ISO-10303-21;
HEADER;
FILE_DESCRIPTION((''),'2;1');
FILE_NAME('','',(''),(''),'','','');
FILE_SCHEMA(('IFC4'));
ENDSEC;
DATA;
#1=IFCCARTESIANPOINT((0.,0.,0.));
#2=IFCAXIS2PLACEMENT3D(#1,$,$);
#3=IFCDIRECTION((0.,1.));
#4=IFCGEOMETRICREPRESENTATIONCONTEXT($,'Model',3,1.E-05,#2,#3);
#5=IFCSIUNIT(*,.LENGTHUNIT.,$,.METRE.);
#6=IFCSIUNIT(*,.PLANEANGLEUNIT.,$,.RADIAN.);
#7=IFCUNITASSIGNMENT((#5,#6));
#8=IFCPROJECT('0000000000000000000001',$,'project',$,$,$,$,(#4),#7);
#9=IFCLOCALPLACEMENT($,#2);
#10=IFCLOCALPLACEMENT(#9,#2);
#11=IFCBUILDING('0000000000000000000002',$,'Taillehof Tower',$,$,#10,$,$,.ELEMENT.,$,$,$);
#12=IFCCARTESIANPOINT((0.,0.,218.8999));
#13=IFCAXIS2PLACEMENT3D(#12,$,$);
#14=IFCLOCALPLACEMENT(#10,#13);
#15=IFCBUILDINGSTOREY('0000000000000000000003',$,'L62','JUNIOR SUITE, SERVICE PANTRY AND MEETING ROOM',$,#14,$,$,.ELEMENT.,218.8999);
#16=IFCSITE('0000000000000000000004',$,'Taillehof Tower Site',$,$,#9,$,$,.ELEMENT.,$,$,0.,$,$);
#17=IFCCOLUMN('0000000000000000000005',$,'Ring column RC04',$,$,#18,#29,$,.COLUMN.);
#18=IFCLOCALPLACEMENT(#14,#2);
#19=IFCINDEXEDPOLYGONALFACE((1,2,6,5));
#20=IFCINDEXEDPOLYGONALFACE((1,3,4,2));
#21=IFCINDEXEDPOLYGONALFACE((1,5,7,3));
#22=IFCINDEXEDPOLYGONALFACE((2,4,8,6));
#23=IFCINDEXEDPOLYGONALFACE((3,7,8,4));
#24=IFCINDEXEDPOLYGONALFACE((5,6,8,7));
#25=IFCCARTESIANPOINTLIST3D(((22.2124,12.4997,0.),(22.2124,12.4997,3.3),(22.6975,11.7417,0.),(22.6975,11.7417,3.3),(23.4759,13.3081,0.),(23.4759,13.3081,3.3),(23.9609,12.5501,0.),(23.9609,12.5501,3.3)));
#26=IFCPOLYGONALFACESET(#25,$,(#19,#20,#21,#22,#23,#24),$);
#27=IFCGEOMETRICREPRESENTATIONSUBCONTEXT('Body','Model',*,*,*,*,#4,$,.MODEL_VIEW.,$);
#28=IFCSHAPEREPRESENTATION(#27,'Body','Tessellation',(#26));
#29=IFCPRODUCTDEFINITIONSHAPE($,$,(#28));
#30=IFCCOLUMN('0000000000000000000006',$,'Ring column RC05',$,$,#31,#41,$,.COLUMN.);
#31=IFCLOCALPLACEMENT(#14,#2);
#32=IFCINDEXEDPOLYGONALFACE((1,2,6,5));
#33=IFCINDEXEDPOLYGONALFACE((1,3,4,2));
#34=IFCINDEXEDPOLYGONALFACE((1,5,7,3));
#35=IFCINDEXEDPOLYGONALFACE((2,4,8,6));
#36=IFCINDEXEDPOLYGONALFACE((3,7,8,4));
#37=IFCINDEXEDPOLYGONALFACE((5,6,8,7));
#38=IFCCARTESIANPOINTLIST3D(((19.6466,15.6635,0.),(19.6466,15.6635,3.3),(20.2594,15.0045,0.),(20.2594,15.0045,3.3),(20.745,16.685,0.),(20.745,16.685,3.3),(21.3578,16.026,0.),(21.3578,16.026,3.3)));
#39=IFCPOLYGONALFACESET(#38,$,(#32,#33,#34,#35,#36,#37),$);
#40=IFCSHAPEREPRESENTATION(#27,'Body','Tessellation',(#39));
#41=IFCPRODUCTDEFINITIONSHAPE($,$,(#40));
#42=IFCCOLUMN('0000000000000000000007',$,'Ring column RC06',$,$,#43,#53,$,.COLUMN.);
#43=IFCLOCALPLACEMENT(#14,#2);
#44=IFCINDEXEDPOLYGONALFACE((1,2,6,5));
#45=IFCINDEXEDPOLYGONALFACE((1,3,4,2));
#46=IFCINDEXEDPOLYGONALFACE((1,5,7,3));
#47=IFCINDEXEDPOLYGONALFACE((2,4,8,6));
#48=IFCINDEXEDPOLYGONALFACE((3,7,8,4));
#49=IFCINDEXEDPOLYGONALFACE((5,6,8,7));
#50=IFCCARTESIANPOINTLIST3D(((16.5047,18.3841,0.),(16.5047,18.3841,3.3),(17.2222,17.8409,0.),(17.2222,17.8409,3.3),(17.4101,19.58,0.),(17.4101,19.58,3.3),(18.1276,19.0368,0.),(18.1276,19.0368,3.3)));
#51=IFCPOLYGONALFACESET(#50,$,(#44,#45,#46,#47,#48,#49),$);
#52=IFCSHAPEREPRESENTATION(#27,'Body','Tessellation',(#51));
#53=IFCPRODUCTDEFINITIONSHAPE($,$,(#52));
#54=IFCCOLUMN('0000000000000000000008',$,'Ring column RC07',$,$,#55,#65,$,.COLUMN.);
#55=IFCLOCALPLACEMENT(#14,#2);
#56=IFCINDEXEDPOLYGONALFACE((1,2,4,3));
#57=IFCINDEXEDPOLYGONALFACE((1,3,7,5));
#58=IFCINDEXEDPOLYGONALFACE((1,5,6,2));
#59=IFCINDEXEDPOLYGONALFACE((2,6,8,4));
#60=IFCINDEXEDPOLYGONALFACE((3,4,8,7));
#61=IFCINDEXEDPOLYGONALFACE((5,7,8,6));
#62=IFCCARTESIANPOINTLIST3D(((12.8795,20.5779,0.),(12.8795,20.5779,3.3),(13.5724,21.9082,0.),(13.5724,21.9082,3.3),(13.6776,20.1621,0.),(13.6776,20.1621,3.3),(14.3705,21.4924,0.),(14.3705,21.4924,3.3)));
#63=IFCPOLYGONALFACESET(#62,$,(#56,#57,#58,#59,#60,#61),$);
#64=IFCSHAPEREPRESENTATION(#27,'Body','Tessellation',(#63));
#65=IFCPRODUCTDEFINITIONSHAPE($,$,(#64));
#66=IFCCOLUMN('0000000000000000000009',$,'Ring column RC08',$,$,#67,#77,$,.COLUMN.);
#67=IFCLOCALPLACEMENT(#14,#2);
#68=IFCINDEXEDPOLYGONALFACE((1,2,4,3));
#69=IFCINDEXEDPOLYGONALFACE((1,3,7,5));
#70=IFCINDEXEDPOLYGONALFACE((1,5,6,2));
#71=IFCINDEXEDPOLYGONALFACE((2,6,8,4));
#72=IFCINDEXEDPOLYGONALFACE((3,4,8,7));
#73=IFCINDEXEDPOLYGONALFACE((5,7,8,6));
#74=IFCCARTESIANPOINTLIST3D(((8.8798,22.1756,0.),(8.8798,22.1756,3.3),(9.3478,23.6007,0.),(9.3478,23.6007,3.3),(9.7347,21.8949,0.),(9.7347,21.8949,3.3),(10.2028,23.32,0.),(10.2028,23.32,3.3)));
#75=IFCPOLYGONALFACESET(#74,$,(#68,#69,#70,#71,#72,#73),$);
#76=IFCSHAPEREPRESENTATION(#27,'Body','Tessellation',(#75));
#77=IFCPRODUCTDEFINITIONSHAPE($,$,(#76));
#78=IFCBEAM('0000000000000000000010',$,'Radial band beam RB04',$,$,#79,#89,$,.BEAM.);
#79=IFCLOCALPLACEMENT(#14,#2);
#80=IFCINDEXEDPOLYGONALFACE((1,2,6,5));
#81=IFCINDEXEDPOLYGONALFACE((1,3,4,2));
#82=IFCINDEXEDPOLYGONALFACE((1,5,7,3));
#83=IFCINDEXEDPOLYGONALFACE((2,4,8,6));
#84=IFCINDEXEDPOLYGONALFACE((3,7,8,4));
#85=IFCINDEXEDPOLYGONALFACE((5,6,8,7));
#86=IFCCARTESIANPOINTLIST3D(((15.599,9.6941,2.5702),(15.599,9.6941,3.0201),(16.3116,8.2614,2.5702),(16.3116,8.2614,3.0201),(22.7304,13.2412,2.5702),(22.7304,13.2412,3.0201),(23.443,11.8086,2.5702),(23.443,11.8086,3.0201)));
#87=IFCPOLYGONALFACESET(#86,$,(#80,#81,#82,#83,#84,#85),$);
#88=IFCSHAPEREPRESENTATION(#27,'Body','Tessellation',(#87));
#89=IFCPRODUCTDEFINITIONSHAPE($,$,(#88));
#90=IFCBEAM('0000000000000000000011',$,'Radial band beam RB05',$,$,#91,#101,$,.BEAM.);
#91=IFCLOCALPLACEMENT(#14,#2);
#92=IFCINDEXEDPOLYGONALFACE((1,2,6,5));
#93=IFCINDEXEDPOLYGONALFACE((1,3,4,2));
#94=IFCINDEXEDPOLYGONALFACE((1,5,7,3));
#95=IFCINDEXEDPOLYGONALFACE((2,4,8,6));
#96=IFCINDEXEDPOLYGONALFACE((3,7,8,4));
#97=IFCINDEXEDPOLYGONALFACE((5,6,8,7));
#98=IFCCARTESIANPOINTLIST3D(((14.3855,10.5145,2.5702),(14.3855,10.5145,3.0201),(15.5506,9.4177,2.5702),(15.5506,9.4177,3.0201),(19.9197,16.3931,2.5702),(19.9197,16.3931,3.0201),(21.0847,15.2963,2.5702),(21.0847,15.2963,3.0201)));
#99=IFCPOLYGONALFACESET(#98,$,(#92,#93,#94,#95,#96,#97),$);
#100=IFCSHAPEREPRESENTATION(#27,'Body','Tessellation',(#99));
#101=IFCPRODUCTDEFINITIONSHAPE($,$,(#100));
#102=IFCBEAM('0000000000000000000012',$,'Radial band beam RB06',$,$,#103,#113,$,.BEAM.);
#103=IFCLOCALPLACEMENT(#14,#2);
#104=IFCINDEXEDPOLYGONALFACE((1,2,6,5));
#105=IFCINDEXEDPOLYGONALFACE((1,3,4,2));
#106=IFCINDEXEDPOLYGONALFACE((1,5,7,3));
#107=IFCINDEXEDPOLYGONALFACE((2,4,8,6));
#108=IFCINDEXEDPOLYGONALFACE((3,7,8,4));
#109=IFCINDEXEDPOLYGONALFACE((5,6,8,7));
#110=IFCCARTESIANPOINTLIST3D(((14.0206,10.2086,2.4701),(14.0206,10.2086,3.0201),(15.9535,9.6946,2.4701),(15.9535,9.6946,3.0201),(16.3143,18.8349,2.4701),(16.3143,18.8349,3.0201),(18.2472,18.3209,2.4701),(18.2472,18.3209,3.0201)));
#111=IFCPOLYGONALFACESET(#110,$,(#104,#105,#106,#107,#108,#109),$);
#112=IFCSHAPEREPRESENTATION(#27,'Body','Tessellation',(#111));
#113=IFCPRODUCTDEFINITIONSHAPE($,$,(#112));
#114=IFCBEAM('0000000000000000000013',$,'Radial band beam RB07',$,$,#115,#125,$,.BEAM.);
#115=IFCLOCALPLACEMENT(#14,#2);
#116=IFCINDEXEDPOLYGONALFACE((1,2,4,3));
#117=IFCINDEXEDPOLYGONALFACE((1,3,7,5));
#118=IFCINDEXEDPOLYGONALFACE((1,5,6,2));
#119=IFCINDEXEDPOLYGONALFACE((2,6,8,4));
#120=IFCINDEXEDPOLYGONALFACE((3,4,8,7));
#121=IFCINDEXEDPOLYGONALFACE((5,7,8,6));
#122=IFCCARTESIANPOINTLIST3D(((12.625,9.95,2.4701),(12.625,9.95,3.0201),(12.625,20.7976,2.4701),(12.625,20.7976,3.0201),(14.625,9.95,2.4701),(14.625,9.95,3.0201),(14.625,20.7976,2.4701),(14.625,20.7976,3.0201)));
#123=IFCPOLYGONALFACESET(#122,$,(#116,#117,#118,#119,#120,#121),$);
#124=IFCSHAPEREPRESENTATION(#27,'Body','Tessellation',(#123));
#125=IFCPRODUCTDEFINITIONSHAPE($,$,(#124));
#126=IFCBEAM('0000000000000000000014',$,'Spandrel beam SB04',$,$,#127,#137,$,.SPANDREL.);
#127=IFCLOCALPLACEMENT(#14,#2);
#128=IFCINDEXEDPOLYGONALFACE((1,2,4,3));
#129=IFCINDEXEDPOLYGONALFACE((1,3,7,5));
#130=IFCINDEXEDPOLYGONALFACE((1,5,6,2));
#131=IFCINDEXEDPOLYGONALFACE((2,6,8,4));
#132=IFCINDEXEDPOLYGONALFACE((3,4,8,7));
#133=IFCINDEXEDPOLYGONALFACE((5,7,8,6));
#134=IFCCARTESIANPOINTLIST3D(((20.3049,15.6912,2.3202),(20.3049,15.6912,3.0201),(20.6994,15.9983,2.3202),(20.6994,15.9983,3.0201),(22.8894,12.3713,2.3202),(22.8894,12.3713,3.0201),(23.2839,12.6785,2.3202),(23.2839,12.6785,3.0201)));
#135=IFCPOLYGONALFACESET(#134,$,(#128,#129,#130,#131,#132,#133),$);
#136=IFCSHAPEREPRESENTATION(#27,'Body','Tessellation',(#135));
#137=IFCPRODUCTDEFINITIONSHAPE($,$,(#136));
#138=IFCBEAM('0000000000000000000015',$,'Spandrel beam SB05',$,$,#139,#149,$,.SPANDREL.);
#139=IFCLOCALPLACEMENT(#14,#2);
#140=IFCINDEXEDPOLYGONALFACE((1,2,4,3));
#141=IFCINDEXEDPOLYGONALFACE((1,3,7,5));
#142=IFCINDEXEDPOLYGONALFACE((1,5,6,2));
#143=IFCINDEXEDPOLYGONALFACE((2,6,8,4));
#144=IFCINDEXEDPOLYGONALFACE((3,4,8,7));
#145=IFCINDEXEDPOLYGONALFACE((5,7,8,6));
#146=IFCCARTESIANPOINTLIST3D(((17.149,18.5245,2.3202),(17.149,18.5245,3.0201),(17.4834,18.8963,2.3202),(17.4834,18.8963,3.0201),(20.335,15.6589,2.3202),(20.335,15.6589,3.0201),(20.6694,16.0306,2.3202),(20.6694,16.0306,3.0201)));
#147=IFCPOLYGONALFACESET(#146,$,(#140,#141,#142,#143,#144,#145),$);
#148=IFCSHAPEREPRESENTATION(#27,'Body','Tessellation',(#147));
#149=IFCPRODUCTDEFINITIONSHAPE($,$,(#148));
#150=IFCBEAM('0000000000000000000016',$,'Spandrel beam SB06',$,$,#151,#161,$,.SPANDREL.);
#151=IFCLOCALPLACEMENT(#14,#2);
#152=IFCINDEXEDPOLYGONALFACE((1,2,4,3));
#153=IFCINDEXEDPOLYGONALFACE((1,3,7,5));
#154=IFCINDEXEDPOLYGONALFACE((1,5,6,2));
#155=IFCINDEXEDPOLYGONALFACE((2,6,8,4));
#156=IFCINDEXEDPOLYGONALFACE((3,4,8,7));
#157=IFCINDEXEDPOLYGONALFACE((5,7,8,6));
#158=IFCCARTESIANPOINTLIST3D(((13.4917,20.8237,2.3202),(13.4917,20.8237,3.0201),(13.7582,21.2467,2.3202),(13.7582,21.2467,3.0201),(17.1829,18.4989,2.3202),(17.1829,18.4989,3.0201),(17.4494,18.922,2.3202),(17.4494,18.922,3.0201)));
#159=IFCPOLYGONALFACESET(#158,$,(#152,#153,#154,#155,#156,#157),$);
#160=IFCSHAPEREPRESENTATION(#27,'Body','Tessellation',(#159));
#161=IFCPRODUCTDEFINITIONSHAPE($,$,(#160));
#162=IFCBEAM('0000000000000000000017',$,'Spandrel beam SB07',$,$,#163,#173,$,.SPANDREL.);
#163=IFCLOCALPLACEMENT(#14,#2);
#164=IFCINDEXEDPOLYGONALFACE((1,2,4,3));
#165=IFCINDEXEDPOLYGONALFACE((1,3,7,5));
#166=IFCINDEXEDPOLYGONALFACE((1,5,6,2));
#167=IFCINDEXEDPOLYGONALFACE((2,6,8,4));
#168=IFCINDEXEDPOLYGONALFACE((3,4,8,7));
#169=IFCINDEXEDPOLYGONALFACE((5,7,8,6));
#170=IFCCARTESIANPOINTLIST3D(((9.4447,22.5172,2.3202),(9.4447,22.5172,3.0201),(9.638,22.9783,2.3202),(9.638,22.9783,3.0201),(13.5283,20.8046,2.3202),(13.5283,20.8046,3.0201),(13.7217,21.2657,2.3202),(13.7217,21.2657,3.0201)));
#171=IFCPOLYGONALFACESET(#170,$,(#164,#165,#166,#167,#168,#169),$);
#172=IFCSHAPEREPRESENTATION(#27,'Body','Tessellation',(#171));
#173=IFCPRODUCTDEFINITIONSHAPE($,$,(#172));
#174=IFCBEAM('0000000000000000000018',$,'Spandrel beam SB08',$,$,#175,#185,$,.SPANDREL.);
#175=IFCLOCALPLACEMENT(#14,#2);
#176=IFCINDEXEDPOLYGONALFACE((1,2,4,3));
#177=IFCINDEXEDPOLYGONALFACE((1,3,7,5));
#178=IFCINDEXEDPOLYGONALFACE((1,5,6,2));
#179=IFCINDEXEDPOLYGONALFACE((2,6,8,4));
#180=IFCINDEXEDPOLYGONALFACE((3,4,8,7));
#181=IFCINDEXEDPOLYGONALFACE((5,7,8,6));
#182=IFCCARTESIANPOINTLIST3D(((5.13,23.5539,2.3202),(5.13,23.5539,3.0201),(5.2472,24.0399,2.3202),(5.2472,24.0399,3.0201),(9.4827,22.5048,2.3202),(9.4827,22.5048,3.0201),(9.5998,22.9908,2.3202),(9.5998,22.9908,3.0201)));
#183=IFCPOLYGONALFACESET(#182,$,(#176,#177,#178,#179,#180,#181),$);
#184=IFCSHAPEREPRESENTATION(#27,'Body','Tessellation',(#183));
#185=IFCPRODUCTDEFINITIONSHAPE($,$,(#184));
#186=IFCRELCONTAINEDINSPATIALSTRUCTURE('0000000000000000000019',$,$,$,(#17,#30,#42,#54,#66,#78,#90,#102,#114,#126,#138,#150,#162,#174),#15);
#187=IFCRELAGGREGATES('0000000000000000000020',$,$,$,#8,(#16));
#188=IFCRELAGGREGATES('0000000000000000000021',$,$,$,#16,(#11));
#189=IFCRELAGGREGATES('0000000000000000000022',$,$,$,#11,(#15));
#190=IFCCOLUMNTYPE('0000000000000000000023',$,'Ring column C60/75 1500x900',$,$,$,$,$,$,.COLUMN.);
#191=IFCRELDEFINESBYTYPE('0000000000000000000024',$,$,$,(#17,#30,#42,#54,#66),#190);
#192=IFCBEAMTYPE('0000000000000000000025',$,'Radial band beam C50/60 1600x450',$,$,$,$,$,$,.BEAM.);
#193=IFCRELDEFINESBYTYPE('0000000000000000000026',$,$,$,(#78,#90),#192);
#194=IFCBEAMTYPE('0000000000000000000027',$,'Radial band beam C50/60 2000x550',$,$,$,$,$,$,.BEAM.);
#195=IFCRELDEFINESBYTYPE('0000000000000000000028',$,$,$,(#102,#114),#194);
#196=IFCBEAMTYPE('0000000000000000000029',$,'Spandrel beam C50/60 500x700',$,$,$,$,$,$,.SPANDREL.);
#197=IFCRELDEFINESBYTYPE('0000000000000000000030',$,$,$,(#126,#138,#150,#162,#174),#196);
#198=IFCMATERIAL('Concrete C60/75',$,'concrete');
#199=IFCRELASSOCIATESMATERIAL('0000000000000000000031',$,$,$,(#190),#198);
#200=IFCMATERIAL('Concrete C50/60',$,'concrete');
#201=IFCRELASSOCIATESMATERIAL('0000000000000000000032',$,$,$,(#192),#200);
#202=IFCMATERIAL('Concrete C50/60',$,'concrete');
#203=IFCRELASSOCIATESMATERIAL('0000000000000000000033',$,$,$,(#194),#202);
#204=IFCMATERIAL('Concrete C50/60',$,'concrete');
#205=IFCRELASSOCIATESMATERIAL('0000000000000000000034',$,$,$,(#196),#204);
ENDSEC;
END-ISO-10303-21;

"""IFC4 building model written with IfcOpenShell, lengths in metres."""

from ifc_helpers import new_model, si_unit, direction, frame, origin, origin_2d, place, context, subcontext, project, spatial, rectangle, extrude, material, material_profile, profile_set, type_object, element, save


model = new_model("IFC4")

# Units and contexts
model_context = context("Model", 3, precision=1e-05, world=origin(), true_north=direction((0.0, 1.0)))
body_context = subcontext(model_context, "Body", "Model", "MODEL_VIEW")
ifc_project = project(units=[si_unit("LENGTHUNIT", "METRE"), si_unit("PLANEANGLEUNIT", "RADIAN")], contexts=[model_context])

# Site, building, storey
site_placement = place(None, origin())
site = spatial("IfcSite", under=ifc_project, at=site_placement, Name="Taillehof Tower Site", CompositionType="ELEMENT", RefElevation=0.0)
building_placement = place(site_placement, origin())
building = spatial("IfcBuilding", under=site, at=building_placement, Name="Taillehof Tower", CompositionType="ELEMENT")
storey_placement = place(building_placement, frame((0.0, 0.0, 218.8999)))
storey = spatial("IfcBuildingStorey", under=building, at=storey_placement, Name="L62", Description="JUNIOR SUITE, SERVICE PANTRY AND MEETING ROOM", CompositionType="ELEMENT", Elevation=218.8999)

# Columns
ifc_material_1 = material(Name="Concrete C60/75", Category="concrete")
ifc_material_profile_1 = material_profile(ifc_material_1, rectangle(XDim=1.5, YDim=0.8999, at=origin_2d()), Name="RC 1500x900")
ifc_profile_set_1 = profile_set([ifc_material_profile_1], Name="Concrete C60/75")
column_type = type_object("IfcColumnType", Name="Ring column C60/75 1500x900", PredefinedType="COLUMN", material=ifc_profile_set_1)
for number, where, z_axis, x_axis, name in (
    (1, (23.0867, 12.5249, 0.0), (0.0, 0.0, 1.0), (0.842311, 0.538992, 0.0), "Ring column RC04"),
    (2, (20.5022, 15.8447, 0.0), (0.0, 0.0, 1.0), (0.732271, 0.681013, 0.0), "Ring column RC05"),
    (3, (17.3162, 18.7104, 0.0), (0.0, 0.0, 1.0), (0.603608, 0.797281, 0.0), "Ring column RC06"),
    (4, (13.625, 21.0352, 0.0), (0.0, 0.0, 1.0), (0.461993, 0.886883, 0.0), "Ring column RC07"),
    (5, (9.5413, 22.7478, 0.0), (0.0, 0.0, 1.0), (0.312001, 0.950082, 0.0), "Ring column RC08"),
):
    element("IfcColumn", number, at=place(storey_placement, frame(where, z_axis=z_axis, x_axis=x_axis)), inside=storey, type_object=column_type, Name=name, PredefinedType="COLUMN", context=body_context, shape_type="SweptSolid", body=[
        extrude(rectangle(XDim=1.5, YDim=0.8999, at=origin_2d()), origin(), (0.0, 0.0, 1.0), 3.3),
    ])

# Beams
ifc_material_2 = material(Name="Concrete C50/60", Category="concrete")
ifc_material_profile_2 = material_profile(ifc_material_2, rectangle(XDim=1.6001, YDim=0.45, at=origin_2d()), Name="RC 1600x450")
ifc_profile_set_2 = profile_set([ifc_material_profile_2], Name="Concrete C50/60")
beam_type_1 = type_object("IfcBeamType", Name="Radial band beam C50/60 1600x450", PredefinedType="BEAM", material=ifc_profile_set_2)
beam_1_placement = place(storey_placement, frame((23.0867, 12.5249, 2.7952), z_axis=(-0.895357, -0.445349, 0.0), x_axis=(0.445349, -0.895357, 0.0)))
element("IfcBeam", 6, at=beam_1_placement, inside=storey, type_object=beam_type_1, Name="Radial band beam RB04", PredefinedType="BEAM", context=body_context, shape_type="SweptSolid", body=[
    extrude(rectangle(XDim=1.6001, YDim=0.45, at=origin_2d()), origin(), (0.0, 0.0, 1.0), 7.9648),
])
beam_2_placement = place(storey_placement, frame((20.5022, 15.8447, 2.7952), z_axis=(-0.685451, -0.728118, 0.0), x_axis=(0.728118, -0.685451, 0.0)))
element("IfcBeam", 7, at=beam_2_placement, inside=storey, type_object=beam_type_1, Name="Radial band beam RB05", PredefinedType="BEAM", context=body_context, shape_type="SweptSolid", body=[
    extrude(rectangle(XDim=1.6001, YDim=0.45, at=origin_2d()), origin(), (0.0, 0.0, 1.0), 8.0737),
])
ifc_material_3 = material(Name="Concrete C50/60", Category="concrete")
ifc_material_profile_3 = material_profile(ifc_material_3, rectangle(XDim=2.0, YDim=0.55, at=origin_2d()), Name="RC 2000x550")
ifc_profile_set_3 = profile_set([ifc_material_profile_3], Name="Concrete C50/60")
beam_type_2 = type_object("IfcBeamType", Name="Radial band beam C50/60 2000x550", PredefinedType="BEAM", material=ifc_profile_set_3)
beam_3_placement = place(storey_placement, frame((17.2808, 18.5779, 2.7451), z_axis=(-0.25697, -0.966419, 0.0), x_axis=(0.966419, -0.25697, 0.0)))
element("IfcBeam", 8, at=beam_3_placement, inside=storey, type_object=beam_type_2, Name="Radial band beam RB06", PredefinedType="BEAM", context=body_context, shape_type="SweptSolid", body=[
    extrude(rectangle(XDim=2.0, YDim=0.55, at=origin_2d()), origin(), (0.0, 0.0, 1.0), 8.926),
])
beam_4_placement = place(storey_placement, frame((13.625, 20.7976, 2.7451), z_axis=(0.0, -1.0, 0.0), x_axis=(1.0, 0.0, 0.0)))
element("IfcBeam", 9, at=beam_4_placement, inside=storey, type_object=beam_type_2, Name="Radial band beam RB07", PredefinedType="BEAM", context=body_context, shape_type="SweptSolid", body=[
    extrude(rectangle(XDim=2.0, YDim=0.55, at=origin_2d()), origin(), (0.0, 0.0, 1.0), 10.8477),
])
ifc_material_4 = material(Name="Concrete C50/60", Category="concrete")
ifc_material_profile_4 = material_profile(ifc_material_4, rectangle(XDim=0.5, YDim=0.7, at=origin_2d()), Name="RC 500x700")
ifc_profile_set_4 = profile_set([ifc_material_profile_4], Name="Concrete C50/60")
beam_type_3 = type_object("IfcBeamType", Name="Spandrel beam C50/60 500x700", PredefinedType="SPANDREL", material=ifc_profile_set_4)
beam_5_placement = place(storey_placement, frame((23.0867, 12.5249, 2.6702), z_axis=(-0.614294, 0.789077, 0.0), x_axis=(-0.789077, -0.614294, 0.0)))
element("IfcBeam", 10, at=beam_5_placement, inside=storey, type_object=beam_type_3, Name="Spandrel beam SB04", PredefinedType="SPANDREL", context=body_context, shape_type="SweptSolid", body=[
    extrude(rectangle(XDim=0.5, YDim=0.7, at=origin_2d()), origin(), (0.0, 0.0, 1.0), 4.2073),
])
beam_6_placement = place(storey_placement, frame((20.5022, 15.8447, 2.6702), z_axis=(-0.743492, 0.668744, 0.0), x_axis=(-0.668744, -0.743492, 0.0)))
element("IfcBeam", 11, at=beam_6_placement, inside=storey, type_object=beam_type_3, Name="Spandrel beam SB05", PredefinedType="SPANDREL", context=body_context, shape_type="SweptSolid", body=[
    extrude(rectangle(XDim=0.5, YDim=0.7, at=origin_2d()), origin(), (0.0, 0.0, 1.0), 4.2852),
])
beam_7_placement = place(storey_placement, frame((17.3162, 18.7104, 2.6702), z_axis=(-0.846166, 0.532919, 0.0), x_axis=(-0.532919, -0.846166, 0.0)))
element("IfcBeam", 12, at=beam_7_placement, inside=storey, type_object=beam_type_3, Name="Spandrel beam SB06", PredefinedType="SPANDREL", context=body_context, shape_type="SweptSolid", body=[
    extrude(rectangle(XDim=0.5, YDim=0.7, at=origin_2d()), origin(), (0.0, 0.0, 1.0), 4.3623),
])
beam_8_placement = place(storey_placement, frame((13.625, 21.0352, 2.6702), z_axis=(-0.922186, 0.386748, 0.0), x_axis=(-0.386748, -0.922186, 0.0)))
element("IfcBeam", 13, at=beam_8_placement, inside=storey, type_object=beam_type_3, Name="Spandrel beam SB07", PredefinedType="SPANDREL", context=body_context, shape_type="SweptSolid", body=[
    extrude(rectangle(XDim=0.5, YDim=0.7, at=origin_2d()), origin(), (0.0, 0.0, 1.0), 4.4282),
])
beam_9_placement = place(storey_placement, frame((9.5413, 22.7478, 2.6702), z_axis=(-0.972161, 0.234315, 0.0), x_axis=(-0.234315, -0.972161, 0.0)))
element("IfcBeam", 14, at=beam_9_placement, inside=storey, type_object=beam_type_3, Name="Spandrel beam SB08", PredefinedType="SPANDREL", context=body_context, shape_type="SweptSolid", body=[
    extrude(rectangle(XDim=0.5, YDim=0.7, at=origin_2d()), origin(), (0.0, 0.0, 1.0), 4.4773),
])

save(model, "model.ifc")
